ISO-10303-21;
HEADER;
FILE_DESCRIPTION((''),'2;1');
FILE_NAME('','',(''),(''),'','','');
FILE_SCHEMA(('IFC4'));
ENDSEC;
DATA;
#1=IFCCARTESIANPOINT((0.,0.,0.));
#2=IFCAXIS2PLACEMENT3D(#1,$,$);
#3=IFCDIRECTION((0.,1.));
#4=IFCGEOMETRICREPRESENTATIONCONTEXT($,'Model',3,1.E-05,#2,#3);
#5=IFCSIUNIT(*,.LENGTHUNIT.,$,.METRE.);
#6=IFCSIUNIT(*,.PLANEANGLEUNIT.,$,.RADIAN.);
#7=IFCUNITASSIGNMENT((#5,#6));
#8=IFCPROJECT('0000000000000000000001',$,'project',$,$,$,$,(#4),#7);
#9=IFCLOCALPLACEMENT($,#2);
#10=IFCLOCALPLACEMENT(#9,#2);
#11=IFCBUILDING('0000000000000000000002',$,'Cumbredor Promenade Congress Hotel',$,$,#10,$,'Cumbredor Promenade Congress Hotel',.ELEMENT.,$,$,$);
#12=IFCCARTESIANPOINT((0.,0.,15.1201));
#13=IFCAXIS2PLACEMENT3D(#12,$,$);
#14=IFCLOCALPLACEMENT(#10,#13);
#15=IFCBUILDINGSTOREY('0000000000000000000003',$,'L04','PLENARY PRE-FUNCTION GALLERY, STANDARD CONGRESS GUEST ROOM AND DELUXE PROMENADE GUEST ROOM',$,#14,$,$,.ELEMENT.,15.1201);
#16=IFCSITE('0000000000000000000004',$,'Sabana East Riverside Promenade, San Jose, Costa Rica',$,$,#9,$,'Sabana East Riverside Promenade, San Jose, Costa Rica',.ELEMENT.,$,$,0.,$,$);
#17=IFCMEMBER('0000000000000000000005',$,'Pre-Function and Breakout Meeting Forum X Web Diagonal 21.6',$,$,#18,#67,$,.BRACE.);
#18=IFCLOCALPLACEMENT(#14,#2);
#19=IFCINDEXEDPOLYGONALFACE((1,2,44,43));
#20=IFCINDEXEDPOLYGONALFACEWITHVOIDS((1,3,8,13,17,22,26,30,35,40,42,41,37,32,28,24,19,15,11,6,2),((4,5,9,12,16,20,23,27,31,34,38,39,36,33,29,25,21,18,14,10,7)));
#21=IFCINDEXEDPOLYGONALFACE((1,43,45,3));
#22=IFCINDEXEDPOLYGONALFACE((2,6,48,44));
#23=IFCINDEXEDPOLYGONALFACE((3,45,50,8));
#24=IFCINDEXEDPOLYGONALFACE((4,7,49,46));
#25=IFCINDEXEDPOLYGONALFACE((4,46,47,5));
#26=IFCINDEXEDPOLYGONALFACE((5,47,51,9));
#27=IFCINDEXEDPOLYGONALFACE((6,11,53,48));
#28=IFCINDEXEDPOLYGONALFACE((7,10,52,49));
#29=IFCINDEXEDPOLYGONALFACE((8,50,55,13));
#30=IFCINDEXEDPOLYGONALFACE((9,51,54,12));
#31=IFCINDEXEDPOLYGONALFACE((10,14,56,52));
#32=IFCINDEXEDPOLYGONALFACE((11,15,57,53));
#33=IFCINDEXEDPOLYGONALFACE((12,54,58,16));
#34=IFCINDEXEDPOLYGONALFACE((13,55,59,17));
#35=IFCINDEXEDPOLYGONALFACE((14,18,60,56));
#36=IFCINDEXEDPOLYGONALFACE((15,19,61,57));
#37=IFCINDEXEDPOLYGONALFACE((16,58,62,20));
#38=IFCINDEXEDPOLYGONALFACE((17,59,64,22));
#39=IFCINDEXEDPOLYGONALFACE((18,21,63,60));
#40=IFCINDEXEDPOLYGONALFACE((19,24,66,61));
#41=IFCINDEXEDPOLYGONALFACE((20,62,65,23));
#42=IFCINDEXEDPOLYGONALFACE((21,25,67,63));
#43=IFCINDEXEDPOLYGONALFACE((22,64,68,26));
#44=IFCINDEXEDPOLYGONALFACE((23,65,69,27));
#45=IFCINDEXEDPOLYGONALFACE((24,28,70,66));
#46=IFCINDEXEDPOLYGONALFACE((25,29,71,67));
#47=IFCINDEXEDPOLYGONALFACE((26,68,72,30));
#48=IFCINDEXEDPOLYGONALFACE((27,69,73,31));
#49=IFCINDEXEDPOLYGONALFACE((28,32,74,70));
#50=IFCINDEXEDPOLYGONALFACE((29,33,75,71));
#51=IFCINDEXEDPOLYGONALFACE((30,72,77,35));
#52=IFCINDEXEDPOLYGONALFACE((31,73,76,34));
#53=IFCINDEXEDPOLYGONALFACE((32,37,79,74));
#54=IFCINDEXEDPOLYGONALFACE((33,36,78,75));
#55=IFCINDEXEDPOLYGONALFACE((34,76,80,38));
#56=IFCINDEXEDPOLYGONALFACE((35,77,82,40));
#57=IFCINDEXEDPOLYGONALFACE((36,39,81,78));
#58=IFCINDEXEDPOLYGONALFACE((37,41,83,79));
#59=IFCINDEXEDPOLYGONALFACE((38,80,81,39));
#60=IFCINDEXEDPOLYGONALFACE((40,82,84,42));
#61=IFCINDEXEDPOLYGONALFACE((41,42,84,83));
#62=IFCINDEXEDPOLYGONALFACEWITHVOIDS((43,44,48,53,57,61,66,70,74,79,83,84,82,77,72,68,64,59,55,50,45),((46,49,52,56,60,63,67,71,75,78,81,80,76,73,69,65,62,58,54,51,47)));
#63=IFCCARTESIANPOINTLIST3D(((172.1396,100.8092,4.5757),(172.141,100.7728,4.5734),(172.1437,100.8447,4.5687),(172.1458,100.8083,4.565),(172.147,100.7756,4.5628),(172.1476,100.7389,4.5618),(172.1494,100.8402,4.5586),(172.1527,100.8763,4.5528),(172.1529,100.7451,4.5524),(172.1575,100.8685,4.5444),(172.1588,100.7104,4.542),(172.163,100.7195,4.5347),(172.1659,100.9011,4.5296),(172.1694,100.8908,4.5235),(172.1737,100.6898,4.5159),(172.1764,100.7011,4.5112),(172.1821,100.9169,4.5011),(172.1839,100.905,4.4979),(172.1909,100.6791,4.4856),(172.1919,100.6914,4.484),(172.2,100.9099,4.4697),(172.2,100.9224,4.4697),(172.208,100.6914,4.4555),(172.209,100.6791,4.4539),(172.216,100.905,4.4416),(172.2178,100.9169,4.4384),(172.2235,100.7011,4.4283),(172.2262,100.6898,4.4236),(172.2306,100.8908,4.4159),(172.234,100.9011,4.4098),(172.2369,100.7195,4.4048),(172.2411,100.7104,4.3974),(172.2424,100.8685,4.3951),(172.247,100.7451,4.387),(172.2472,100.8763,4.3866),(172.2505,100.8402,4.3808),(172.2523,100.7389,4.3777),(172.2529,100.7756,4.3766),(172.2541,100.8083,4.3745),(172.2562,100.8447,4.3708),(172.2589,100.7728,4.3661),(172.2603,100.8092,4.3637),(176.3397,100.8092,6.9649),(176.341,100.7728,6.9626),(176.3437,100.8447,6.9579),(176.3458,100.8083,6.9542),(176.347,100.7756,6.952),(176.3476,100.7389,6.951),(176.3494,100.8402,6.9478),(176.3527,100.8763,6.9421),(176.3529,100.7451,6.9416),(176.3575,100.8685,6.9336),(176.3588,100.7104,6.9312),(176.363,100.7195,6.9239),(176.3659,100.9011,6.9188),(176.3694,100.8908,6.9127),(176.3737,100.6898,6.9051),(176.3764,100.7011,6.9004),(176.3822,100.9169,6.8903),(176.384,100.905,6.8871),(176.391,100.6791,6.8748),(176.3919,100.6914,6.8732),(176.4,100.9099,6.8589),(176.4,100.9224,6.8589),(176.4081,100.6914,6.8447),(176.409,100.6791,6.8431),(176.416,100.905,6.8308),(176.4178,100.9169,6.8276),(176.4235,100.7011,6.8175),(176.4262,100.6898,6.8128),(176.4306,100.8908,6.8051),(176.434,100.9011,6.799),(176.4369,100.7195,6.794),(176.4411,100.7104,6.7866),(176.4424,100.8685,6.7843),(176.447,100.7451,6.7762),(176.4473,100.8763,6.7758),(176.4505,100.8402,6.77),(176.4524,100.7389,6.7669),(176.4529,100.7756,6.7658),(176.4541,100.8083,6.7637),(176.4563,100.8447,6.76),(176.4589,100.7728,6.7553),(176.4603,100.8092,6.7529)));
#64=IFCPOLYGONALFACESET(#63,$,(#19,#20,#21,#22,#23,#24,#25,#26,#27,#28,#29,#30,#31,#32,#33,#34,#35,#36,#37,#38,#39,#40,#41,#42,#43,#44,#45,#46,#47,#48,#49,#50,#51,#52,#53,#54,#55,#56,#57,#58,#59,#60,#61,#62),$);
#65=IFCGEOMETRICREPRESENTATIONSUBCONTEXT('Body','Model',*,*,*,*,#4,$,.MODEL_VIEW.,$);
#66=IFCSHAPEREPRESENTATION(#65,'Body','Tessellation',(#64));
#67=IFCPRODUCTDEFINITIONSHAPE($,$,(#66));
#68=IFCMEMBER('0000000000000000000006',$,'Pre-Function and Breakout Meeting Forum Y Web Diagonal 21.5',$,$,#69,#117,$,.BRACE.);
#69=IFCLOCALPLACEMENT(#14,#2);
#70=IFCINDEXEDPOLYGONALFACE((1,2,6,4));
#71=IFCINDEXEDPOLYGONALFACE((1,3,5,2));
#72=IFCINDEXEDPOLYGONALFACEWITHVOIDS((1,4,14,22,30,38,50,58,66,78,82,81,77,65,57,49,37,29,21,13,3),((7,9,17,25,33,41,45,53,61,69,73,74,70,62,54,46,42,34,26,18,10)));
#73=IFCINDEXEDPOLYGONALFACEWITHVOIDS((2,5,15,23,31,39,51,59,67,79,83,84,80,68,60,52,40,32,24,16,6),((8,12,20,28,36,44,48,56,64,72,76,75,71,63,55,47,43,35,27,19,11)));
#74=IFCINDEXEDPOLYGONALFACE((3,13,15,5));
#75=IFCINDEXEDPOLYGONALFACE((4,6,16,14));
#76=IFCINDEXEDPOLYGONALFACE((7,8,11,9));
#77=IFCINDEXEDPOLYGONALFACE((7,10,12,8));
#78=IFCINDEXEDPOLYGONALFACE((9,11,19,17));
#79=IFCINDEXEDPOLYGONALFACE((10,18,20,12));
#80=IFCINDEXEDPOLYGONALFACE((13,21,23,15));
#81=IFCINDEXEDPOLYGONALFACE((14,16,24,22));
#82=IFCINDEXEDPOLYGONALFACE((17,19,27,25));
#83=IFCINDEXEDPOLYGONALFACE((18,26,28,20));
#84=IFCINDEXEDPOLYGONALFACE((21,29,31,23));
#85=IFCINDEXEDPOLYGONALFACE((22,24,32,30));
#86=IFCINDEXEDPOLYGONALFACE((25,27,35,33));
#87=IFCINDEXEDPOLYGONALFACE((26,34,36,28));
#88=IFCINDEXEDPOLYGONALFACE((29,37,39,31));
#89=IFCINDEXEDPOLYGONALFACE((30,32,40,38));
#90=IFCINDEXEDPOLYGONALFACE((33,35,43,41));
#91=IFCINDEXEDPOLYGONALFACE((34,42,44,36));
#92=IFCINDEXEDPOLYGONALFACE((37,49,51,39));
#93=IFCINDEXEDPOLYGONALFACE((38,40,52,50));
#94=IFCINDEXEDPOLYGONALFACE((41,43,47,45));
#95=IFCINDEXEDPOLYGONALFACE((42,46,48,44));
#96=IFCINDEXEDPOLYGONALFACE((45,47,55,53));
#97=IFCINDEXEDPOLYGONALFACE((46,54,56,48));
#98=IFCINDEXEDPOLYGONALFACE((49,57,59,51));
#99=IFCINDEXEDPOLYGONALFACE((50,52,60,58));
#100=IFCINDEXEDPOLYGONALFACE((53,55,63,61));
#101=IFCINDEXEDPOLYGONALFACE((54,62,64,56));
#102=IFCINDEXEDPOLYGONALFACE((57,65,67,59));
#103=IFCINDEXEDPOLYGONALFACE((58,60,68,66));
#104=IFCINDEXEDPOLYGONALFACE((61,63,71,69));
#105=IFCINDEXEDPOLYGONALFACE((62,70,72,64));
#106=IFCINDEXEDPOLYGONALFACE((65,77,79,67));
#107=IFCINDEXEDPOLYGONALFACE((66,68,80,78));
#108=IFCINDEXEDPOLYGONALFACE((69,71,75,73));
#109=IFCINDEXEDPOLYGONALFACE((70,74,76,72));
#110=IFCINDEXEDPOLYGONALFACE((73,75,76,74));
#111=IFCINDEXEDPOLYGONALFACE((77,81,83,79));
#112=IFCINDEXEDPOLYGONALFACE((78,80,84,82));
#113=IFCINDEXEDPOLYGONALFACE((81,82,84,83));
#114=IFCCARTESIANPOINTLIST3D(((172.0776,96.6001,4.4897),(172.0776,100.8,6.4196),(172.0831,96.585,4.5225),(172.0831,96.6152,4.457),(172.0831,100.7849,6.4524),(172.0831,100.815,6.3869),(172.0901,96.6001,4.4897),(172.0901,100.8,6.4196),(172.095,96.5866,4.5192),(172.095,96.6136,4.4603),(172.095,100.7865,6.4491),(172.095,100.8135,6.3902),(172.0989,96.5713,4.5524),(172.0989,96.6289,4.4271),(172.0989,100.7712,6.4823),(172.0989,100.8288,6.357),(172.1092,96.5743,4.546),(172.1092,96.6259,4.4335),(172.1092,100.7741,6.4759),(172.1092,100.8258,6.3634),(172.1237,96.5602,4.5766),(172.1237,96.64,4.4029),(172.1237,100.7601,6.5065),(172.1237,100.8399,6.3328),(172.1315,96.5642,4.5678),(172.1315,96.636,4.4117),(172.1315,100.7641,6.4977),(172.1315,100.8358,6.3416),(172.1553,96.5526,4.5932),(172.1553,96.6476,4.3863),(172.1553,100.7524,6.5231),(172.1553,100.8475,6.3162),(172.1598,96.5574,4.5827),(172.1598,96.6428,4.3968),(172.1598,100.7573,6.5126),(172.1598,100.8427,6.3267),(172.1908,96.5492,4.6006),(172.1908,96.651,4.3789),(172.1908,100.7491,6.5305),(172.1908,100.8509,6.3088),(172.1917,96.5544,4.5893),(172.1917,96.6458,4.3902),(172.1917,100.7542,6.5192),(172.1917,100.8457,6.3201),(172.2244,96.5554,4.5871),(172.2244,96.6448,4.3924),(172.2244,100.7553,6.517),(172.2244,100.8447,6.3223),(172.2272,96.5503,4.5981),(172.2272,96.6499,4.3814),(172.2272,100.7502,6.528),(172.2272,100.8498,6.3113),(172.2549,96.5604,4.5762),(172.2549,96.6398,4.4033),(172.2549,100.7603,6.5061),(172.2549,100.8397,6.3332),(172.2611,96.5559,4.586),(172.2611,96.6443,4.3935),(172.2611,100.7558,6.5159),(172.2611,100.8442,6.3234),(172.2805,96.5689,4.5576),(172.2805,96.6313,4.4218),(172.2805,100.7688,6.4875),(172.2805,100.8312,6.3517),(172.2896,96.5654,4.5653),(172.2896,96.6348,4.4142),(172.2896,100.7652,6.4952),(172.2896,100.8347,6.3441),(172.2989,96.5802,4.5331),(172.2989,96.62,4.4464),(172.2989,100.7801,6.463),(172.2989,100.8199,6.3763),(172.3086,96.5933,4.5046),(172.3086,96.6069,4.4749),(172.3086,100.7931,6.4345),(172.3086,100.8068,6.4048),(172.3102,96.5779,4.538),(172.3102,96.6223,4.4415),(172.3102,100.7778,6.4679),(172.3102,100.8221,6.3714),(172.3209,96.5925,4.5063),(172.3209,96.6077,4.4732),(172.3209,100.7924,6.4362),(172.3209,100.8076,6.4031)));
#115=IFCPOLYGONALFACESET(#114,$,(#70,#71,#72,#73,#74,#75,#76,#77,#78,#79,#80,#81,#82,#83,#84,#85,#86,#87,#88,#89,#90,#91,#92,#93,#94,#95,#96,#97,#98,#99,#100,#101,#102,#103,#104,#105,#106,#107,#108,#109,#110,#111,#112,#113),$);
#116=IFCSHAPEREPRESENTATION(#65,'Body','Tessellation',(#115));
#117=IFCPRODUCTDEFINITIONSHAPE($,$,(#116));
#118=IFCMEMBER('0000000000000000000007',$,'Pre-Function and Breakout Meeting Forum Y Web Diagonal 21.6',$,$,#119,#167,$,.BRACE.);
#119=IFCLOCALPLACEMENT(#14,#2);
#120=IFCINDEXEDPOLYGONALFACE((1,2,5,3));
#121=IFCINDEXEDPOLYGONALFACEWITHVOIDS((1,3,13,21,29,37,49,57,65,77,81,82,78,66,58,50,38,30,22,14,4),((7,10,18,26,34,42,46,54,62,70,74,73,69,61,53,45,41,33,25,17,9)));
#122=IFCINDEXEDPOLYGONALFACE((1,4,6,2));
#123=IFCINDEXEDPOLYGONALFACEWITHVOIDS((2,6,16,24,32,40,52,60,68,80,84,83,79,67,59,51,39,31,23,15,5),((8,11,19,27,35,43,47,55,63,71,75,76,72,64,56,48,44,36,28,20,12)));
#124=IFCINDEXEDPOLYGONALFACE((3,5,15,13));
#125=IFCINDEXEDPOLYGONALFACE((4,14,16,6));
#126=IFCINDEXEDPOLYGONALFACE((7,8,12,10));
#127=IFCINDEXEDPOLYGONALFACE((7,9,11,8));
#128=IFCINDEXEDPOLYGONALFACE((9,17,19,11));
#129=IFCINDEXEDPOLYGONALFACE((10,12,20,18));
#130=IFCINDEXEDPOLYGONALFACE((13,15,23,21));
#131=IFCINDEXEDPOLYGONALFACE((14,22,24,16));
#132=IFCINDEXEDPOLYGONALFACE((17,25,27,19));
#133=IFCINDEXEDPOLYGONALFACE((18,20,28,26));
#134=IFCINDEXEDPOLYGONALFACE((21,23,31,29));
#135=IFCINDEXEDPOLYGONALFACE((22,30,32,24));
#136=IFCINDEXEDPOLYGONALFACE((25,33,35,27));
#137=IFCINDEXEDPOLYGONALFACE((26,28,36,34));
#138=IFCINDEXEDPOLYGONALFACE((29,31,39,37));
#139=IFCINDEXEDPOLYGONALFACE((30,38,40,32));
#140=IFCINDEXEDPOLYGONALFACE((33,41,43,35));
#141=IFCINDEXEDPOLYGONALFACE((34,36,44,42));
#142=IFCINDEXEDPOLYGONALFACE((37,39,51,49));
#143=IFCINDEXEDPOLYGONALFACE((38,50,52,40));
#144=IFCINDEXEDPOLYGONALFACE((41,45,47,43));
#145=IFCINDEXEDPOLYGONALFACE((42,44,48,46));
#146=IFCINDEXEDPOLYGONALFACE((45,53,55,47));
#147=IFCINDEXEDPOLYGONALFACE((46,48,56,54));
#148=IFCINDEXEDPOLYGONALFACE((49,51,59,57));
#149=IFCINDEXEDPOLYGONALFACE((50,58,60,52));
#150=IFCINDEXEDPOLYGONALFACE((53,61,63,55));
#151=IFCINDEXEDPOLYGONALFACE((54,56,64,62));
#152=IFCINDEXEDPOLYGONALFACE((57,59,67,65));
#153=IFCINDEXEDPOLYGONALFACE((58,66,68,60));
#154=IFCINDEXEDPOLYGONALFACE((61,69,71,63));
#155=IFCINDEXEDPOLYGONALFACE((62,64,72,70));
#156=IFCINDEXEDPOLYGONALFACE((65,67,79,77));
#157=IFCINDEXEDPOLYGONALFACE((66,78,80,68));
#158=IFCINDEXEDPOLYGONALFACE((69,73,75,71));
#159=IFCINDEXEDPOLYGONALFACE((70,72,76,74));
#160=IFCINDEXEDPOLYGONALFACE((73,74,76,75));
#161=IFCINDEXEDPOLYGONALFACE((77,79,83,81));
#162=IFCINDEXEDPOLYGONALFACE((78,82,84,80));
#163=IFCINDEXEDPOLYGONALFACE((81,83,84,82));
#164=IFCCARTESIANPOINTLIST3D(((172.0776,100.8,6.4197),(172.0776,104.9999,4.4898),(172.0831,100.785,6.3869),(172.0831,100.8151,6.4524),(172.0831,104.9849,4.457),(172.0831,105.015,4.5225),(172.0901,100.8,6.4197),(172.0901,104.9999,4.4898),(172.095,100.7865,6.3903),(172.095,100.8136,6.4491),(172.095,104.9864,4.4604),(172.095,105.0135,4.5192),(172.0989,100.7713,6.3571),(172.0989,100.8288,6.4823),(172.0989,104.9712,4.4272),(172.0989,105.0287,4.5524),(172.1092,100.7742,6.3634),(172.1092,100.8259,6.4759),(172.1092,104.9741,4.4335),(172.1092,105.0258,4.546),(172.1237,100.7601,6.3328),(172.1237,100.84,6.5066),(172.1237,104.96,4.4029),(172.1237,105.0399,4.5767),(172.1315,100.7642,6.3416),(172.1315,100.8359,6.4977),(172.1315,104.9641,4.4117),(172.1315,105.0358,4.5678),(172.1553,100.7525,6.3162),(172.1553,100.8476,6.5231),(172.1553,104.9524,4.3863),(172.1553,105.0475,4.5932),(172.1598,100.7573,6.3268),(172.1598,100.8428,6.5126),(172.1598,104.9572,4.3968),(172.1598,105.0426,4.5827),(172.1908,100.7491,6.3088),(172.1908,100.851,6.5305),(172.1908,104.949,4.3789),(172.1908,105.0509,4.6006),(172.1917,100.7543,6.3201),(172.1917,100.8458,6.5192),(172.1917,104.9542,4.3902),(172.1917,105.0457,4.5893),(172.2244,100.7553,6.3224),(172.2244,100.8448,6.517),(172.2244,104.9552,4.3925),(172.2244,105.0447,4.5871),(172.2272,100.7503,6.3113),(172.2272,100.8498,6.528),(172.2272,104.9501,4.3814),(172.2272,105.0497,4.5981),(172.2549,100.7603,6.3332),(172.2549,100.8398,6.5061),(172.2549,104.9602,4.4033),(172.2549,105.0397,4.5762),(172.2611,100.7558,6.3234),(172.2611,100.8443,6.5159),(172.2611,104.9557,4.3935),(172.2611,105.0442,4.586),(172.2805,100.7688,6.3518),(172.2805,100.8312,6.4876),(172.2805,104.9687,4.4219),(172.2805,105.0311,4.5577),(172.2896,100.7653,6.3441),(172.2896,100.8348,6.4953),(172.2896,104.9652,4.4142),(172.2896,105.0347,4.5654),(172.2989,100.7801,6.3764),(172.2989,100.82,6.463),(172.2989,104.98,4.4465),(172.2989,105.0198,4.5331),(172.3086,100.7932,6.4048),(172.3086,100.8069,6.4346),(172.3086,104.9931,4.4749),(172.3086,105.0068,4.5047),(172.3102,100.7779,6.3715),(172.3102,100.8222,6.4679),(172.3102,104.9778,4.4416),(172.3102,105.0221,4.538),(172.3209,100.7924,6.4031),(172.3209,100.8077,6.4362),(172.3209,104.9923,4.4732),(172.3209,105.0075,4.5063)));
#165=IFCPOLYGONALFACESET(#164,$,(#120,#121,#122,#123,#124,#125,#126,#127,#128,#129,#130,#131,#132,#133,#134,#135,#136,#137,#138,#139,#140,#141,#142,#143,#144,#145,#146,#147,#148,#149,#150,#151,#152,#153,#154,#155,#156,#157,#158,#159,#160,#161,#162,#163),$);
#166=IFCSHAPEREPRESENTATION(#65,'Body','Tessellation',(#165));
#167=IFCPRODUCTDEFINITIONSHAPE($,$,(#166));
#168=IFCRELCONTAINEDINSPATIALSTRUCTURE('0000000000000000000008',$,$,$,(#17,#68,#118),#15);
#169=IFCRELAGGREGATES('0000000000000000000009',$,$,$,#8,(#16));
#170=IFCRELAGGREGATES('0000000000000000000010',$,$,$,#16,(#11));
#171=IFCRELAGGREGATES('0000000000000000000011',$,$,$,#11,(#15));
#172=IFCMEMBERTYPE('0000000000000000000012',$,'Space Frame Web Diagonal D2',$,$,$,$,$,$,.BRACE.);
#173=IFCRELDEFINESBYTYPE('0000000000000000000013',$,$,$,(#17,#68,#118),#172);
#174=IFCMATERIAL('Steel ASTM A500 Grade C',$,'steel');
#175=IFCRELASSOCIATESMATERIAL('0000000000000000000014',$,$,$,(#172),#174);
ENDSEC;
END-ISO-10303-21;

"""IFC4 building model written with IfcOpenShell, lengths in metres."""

from ifc_helpers import new_model, si_unit, direction, frame, origin, origin_2d, place, context, subcontext, project, spatial, hollow_circle, extrude, material, material_profile, profile_set, type_object, element, save


model = new_model("IFC4")

# Units and contexts
model_context = context("Model", 3, precision=1e-05, world=origin(), true_north=direction((0.0, 1.0)))
body_context = subcontext(model_context, "Body", "Model", "MODEL_VIEW")
ifc_project = project(units=[si_unit("LENGTHUNIT", "METRE"), si_unit("PLANEANGLEUNIT", "RADIAN")], contexts=[model_context])

# Site, building, storey
site_placement = place(None, origin())
site = spatial("IfcSite", under=ifc_project, at=site_placement, Name="Sabana East Riverside Promenade, San Jose, Costa Rica", LongName="Sabana East Riverside Promenade, San Jose, Costa Rica", CompositionType="ELEMENT", RefElevation=0.0)
building_placement = place(site_placement, origin())
building = spatial("IfcBuilding", under=site, at=building_placement, Name="Cumbredor Promenade Congress Hotel", LongName="Cumbredor Promenade Congress Hotel", CompositionType="ELEMENT")
storey_placement = place(building_placement, frame((0.0, 0.0, 15.1201)))
storey = spatial("IfcBuildingStorey", under=building, at=storey_placement, Name="L04", Description="PLENARY PRE-FUNCTION GALLERY, STANDARD CONGRESS GUEST ROOM AND DELUXE PROMENADE GUEST ROOM", CompositionType="ELEMENT", Elevation=15.1201)

# Members
ifc_material_1 = material(Name="Steel ASTM A500 Grade C", Category="steel")
ifc_material_profile_1 = material_profile(ifc_material_1, hollow_circle(Radius=0.1223, WallThickness=0.0125, at=origin_2d()), Name="CHS 244.5x12.5")
ifc_profile_set_1 = profile_set([ifc_material_profile_1], Name="Steel ASTM A500 Grade C")
member_type_1 = type_object("IfcMemberType", Name="Space Frame Web Diagonal D2", PredefinedType="BRACE", material=ifc_profile_set_1)
member_1_placement = place(storey_placement, frame((172.2, 100.8, 4.4697), z_axis=(0.869205, 0.0, 0.494451), x_axis=(0.0, 1.0, 0.0)))
element("IfcMember", 1, at=member_1_placement, inside=storey, type_object=member_type_1, Name="Pre-Function and Breakout Meeting Forum X Web Diagonal 21.6", PredefinedType="BRACE", context=body_context, shape_type="SweptSolid", body=[
    extrude(hollow_circle(Radius=0.1223, WallThickness=0.0125, at=origin_2d()), origin(), (0.0, 0.0, 1.0), 4.832),
])
for number, where, z_axis, x_axis, name in (
    (2, (172.2, 96.6001, 4.4897), (0.0, 0.908658, 0.41754), (-1.0, 0.0, 0.0), "Pre-Function and Breakout Meeting Forum Y Web Diagonal 21.5"),
    (3, (172.2, 100.8, 6.4197), (0.0, 0.908658, -0.41754), (-1.0, 0.0, 0.0), "Pre-Function and Breakout Meeting Forum Y Web Diagonal 21.6"),
):
    element("IfcMember", number, at=place(storey_placement, frame(where, z_axis=z_axis, x_axis=x_axis)), inside=storey, type_object=member_type_1, Name=name, PredefinedType="BRACE", context=body_context, shape_type="SweptSolid", body=[
        extrude(hollow_circle(Radius=0.1223, WallThickness=0.0125, at=origin_2d()), origin(), (0.0, 0.0, 1.0), 4.6221),
    ])

save(model, "model.ifc")
